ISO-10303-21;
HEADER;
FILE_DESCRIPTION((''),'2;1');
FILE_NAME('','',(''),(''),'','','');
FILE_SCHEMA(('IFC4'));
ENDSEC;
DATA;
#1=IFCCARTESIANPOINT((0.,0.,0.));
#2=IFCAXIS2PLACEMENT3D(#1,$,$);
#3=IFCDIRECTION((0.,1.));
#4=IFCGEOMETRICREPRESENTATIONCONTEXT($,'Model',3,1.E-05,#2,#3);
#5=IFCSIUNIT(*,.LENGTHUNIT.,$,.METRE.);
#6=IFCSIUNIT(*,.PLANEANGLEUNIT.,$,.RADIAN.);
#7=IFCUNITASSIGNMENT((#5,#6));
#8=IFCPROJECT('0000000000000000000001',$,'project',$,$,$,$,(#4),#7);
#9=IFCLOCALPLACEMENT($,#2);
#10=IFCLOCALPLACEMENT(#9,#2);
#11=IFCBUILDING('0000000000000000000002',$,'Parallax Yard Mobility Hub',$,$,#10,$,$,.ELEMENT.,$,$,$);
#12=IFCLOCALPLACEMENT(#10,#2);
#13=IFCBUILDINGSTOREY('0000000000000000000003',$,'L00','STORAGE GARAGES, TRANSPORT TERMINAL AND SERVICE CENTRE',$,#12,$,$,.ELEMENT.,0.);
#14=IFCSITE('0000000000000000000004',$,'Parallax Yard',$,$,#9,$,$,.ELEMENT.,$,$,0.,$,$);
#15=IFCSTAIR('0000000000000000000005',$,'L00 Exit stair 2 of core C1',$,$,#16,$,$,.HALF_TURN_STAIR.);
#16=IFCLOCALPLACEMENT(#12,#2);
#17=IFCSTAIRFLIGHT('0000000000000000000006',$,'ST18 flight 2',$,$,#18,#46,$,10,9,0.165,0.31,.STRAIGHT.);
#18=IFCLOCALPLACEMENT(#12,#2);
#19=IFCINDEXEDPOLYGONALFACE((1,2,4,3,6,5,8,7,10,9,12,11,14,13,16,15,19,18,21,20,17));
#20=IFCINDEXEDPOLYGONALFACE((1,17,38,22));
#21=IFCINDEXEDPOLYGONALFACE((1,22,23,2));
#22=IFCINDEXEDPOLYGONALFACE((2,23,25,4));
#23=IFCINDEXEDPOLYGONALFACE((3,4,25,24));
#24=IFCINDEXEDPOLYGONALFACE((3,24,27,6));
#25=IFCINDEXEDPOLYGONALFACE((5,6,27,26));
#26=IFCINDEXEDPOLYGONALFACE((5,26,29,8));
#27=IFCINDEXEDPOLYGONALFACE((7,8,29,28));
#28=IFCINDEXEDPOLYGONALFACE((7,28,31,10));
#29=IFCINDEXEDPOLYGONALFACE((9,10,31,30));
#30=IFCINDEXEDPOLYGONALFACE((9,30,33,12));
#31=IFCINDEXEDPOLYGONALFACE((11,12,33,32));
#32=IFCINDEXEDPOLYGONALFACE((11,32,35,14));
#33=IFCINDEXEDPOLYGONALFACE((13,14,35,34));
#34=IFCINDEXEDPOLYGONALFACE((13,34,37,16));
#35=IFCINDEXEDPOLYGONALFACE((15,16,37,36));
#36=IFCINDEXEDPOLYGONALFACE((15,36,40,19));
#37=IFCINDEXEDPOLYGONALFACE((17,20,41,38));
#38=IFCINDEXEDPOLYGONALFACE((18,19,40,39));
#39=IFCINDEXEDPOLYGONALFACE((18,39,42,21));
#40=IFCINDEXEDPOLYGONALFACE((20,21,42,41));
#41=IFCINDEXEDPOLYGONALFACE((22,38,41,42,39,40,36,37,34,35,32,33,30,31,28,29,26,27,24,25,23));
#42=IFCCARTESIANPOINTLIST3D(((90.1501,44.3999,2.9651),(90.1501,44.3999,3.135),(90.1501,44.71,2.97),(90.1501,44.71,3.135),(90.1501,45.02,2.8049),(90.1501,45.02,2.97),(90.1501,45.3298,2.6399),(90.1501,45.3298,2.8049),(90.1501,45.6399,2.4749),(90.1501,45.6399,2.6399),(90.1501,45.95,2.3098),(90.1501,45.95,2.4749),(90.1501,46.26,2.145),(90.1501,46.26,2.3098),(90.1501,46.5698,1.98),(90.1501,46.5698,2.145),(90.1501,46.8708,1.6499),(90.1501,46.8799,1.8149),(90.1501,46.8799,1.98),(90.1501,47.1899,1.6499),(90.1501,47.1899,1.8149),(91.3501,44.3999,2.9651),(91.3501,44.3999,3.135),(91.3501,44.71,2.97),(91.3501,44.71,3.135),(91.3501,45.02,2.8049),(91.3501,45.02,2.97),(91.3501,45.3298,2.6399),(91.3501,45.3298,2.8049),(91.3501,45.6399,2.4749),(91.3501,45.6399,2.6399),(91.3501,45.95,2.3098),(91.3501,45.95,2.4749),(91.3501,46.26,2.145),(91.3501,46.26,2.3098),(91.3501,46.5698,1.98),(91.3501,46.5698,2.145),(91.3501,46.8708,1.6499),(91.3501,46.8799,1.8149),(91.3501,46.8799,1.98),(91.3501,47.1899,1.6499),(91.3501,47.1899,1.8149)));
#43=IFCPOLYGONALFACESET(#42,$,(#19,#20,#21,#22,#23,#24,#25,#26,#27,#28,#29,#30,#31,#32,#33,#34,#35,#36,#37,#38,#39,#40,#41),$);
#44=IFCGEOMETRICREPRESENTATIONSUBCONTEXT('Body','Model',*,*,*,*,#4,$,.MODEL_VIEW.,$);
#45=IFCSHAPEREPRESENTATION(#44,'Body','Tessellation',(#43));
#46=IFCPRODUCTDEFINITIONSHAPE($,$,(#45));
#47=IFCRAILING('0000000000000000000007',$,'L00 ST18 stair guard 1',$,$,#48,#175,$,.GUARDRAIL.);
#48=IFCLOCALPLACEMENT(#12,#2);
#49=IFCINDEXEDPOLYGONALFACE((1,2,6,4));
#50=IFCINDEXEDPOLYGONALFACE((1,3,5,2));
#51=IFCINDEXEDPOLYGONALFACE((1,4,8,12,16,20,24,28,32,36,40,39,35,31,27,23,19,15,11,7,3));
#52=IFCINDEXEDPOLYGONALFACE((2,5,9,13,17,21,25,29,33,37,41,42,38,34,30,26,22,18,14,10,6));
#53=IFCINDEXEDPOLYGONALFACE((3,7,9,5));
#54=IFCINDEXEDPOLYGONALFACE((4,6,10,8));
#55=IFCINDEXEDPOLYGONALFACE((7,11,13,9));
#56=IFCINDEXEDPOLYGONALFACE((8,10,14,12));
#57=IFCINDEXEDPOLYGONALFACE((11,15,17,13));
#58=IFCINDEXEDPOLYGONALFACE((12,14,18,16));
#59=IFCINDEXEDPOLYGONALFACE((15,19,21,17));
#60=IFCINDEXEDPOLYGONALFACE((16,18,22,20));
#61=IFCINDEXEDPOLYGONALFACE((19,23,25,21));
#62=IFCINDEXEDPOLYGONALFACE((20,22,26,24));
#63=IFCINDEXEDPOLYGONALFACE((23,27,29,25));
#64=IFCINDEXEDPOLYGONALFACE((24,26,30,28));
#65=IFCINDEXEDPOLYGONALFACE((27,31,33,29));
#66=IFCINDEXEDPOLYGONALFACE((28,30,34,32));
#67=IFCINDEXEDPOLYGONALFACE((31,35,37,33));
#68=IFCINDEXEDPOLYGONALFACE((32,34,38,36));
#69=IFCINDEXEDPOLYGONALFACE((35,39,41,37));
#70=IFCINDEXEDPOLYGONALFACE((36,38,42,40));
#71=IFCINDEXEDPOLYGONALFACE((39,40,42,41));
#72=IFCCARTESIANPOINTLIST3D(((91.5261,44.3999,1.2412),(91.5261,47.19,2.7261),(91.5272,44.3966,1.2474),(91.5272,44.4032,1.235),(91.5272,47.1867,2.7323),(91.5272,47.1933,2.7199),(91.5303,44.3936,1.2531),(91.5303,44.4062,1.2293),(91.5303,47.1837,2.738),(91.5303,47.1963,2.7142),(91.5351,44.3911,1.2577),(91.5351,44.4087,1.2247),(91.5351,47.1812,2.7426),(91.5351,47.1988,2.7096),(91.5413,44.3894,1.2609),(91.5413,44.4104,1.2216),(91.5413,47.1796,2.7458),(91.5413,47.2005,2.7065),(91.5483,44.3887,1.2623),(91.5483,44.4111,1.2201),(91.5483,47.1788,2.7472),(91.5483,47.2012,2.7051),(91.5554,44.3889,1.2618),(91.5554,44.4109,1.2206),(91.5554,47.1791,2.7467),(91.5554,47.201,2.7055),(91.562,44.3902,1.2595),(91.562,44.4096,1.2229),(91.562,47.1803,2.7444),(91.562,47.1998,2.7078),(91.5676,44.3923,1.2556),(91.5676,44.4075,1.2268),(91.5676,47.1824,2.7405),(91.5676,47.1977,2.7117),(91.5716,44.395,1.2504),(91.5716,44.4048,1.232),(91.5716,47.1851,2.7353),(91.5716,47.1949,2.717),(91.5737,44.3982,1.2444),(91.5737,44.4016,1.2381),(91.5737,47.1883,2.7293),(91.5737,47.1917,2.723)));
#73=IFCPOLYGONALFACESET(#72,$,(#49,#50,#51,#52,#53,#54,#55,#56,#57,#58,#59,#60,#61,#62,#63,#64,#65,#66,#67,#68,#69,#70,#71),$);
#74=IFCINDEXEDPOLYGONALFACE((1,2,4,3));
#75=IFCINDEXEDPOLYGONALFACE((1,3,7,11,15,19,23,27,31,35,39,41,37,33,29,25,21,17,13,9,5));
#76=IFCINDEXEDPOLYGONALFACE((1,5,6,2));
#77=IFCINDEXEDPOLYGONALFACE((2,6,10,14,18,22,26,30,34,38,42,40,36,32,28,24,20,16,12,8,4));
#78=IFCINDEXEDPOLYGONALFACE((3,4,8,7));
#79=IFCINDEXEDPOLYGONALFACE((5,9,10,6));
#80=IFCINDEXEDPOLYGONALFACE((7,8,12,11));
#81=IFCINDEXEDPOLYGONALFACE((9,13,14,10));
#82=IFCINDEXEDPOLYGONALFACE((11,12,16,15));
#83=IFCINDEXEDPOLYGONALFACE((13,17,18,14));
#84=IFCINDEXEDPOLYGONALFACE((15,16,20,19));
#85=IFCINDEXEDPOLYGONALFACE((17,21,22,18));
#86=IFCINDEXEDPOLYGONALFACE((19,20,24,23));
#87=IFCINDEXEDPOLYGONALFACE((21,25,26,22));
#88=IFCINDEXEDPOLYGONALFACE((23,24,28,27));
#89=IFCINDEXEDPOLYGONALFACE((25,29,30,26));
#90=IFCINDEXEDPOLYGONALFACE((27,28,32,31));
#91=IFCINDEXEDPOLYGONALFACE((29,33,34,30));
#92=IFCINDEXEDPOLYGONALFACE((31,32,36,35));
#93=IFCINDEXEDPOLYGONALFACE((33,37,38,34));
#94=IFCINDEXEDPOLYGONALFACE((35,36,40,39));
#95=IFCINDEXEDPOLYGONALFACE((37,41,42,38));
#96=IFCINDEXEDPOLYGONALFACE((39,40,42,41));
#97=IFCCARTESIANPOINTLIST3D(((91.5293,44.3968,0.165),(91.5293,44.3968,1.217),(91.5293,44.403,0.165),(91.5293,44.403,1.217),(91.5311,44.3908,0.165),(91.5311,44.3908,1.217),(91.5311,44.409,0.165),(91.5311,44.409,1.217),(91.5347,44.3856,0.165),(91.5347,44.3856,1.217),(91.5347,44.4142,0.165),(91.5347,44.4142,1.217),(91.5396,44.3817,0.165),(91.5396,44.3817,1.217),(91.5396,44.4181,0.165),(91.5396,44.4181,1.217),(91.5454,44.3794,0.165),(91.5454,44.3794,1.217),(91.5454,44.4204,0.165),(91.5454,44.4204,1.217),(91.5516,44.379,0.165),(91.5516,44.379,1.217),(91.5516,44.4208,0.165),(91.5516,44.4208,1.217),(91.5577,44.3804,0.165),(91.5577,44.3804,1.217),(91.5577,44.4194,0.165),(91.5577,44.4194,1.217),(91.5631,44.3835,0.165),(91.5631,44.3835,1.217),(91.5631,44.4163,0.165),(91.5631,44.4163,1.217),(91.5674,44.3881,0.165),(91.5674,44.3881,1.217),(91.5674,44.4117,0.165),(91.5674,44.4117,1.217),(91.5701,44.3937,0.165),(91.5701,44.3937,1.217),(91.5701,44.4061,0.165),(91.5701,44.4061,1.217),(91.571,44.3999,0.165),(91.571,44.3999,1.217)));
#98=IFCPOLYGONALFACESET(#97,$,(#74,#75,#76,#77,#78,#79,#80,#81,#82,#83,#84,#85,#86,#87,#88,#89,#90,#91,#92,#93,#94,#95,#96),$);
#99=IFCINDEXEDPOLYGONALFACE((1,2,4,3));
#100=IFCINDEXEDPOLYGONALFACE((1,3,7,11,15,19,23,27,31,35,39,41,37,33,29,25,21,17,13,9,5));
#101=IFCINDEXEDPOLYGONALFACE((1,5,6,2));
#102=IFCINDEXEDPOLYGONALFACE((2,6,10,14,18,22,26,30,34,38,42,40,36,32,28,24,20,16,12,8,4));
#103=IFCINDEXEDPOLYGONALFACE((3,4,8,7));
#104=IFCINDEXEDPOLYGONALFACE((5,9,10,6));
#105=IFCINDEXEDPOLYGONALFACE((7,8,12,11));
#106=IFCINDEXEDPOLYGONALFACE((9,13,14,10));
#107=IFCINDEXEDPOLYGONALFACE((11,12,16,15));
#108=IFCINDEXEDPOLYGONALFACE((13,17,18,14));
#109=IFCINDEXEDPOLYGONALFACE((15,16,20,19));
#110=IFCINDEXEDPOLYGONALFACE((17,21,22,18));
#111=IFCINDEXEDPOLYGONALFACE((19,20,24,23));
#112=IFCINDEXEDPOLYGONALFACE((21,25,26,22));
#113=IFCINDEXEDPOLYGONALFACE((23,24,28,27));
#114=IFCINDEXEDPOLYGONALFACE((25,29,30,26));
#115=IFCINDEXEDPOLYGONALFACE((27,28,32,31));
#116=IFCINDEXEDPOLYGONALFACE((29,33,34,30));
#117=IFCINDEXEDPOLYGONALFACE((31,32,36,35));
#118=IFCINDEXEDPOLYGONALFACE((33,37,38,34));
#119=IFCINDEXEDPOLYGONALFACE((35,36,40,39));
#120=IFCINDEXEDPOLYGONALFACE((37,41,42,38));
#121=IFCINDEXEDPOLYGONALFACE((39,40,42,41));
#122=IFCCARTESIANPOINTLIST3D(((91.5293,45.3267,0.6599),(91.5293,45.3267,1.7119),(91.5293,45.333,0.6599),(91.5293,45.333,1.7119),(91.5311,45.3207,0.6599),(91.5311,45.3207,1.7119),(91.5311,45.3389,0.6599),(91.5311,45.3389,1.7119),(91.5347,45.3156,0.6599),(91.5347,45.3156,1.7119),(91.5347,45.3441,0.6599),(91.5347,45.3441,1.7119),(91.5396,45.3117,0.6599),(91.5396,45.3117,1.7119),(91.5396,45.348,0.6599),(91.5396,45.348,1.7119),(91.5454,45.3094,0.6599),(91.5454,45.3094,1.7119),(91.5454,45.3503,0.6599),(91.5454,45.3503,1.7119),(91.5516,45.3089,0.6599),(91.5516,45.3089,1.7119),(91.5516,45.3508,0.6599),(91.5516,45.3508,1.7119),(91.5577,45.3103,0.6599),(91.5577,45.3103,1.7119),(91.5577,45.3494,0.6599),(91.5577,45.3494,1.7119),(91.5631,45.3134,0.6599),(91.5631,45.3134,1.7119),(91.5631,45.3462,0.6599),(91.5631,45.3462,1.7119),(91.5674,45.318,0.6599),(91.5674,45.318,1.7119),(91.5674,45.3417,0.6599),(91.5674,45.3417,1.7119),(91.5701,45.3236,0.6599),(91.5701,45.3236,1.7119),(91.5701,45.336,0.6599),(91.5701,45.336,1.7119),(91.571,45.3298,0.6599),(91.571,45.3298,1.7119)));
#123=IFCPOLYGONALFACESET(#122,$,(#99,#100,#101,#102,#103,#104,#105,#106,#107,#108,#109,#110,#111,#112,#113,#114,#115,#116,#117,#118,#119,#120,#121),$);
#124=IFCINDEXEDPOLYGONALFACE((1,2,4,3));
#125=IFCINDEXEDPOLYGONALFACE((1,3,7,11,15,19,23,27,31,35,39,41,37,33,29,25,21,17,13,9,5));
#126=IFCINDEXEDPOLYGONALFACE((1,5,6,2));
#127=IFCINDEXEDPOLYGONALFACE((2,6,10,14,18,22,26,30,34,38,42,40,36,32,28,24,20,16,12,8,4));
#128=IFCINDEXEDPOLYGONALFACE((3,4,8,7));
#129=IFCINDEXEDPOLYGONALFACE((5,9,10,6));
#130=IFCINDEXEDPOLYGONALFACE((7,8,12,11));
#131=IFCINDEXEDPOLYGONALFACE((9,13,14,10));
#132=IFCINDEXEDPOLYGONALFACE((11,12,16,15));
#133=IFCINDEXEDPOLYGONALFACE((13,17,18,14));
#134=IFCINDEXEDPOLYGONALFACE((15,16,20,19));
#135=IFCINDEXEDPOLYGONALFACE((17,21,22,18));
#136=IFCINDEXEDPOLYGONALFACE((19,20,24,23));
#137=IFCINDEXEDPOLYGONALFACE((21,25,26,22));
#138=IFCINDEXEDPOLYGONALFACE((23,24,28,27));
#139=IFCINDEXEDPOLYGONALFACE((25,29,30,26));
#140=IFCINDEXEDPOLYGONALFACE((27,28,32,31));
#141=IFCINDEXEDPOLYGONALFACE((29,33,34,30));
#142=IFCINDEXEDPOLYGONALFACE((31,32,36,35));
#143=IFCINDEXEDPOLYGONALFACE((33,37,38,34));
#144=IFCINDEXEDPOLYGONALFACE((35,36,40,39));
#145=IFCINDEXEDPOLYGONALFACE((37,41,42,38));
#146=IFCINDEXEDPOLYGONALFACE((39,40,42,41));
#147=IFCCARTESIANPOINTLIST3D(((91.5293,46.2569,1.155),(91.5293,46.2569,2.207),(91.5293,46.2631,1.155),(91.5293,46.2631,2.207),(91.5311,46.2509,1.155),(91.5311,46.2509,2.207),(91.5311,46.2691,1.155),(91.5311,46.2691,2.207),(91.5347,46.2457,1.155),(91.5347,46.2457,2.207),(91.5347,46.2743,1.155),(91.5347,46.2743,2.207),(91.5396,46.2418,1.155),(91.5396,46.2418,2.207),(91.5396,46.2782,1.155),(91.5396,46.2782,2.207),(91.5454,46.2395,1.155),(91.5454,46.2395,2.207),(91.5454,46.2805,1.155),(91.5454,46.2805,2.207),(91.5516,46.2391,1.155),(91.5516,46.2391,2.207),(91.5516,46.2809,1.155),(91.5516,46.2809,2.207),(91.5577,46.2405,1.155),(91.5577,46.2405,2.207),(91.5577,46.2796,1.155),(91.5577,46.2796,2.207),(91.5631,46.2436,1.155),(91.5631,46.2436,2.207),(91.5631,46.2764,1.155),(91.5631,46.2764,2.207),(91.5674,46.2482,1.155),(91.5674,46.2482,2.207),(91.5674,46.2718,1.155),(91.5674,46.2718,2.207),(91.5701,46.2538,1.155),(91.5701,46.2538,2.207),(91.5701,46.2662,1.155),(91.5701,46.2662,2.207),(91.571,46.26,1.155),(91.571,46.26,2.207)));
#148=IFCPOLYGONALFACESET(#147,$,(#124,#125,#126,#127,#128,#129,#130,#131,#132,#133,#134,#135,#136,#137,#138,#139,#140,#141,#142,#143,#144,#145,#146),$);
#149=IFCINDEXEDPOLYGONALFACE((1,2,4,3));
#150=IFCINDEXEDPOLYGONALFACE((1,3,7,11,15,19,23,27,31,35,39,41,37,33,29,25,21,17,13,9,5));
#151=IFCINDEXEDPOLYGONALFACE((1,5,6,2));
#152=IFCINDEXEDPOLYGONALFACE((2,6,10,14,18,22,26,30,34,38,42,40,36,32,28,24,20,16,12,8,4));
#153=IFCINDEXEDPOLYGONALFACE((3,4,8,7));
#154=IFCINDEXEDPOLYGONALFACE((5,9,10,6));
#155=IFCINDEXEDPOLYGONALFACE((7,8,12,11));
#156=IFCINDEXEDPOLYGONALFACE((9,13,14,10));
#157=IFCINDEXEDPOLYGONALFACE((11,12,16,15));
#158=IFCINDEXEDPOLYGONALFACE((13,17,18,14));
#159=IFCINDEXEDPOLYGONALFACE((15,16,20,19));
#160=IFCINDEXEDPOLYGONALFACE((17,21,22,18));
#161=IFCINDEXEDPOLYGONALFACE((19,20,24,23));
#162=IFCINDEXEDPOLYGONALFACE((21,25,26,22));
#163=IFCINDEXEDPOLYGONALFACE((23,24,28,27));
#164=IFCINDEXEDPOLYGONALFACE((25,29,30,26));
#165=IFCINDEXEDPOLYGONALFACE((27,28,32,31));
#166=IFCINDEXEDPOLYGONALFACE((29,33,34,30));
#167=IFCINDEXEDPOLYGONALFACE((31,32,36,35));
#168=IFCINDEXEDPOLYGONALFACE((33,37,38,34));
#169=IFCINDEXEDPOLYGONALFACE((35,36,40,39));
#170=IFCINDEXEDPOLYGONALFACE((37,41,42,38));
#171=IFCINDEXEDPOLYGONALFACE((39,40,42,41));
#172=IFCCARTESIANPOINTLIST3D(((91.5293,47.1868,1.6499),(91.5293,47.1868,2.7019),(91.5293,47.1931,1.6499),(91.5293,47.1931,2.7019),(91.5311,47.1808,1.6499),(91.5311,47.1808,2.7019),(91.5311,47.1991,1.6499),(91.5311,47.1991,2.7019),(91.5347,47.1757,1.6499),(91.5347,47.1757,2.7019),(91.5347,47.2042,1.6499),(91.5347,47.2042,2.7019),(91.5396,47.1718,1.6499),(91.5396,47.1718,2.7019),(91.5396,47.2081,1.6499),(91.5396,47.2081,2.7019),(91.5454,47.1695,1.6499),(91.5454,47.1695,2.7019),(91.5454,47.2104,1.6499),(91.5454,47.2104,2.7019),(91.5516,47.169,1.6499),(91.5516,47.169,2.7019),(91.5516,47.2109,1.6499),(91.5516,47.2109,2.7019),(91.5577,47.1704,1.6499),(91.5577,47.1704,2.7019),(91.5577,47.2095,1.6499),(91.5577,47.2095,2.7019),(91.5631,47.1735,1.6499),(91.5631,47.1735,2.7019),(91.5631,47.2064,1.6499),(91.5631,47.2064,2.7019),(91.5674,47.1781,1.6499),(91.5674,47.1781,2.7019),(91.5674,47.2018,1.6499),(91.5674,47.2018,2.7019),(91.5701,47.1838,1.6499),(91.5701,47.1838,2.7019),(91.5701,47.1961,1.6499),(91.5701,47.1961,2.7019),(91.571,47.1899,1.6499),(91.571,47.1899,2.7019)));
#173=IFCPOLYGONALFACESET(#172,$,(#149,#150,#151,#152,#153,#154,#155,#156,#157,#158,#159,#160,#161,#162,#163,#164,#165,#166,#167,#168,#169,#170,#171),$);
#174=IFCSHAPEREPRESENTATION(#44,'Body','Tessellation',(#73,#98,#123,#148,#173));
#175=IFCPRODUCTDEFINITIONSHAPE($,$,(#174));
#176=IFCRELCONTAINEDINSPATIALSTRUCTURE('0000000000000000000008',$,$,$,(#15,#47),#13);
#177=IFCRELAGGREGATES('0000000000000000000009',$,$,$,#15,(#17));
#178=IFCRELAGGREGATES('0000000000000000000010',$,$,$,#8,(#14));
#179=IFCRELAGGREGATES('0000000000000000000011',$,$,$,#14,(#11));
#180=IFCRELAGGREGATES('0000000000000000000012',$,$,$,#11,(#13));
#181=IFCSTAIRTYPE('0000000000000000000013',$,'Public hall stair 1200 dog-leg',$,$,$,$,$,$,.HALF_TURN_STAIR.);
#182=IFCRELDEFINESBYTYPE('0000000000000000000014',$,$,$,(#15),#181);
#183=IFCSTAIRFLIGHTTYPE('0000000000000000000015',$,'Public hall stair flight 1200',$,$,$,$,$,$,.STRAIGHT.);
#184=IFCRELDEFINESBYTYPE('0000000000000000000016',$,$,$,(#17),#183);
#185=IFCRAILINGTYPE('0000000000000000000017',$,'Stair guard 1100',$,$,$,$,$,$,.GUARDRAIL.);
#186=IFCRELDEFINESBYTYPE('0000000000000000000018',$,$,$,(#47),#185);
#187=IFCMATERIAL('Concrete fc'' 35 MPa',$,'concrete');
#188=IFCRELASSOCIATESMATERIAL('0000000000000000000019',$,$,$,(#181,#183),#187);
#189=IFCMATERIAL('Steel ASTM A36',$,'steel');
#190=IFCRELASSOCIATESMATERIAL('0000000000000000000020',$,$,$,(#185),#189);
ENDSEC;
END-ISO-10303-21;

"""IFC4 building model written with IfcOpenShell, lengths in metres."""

from ifc_helpers import new_model, si_unit, direction, frame, origin, origin_2d, place, context, subcontext, project, spatial, polyline, circle, outline, extrude, material, type_object, element, aggregate, save


model = new_model("IFC4")

# Units and contexts
model_context = context("Model", 3, precision=1e-05, world=origin(), true_north=direction((0.0, 1.0)))
body_context = subcontext(model_context, "Body", "Model", "MODEL_VIEW")
ifc_project = project(units=[si_unit("LENGTHUNIT", "METRE"), si_unit("PLANEANGLEUNIT", "RADIAN")], contexts=[model_context])

# Site, building, storey
site_placement = place(None, origin())
site = spatial("IfcSite", under=ifc_project, at=site_placement, Name="Parallax Yard", CompositionType="ELEMENT", RefElevation=0.0)
building_placement = place(site_placement, origin())
building = spatial("IfcBuilding", under=site, at=building_placement, Name="Parallax Yard Mobility Hub", CompositionType="ELEMENT")
storey_placement = place(building_placement, origin())
storey = spatial("IfcBuildingStorey", under=building, at=storey_placement, Name="L00", Description="STORAGE GARAGES, TRANSPORT TERMINAL AND SERVICE CENTRE", CompositionType="ELEMENT", Elevation=0.0)

# Shared definitions
ifc_material_1 = material(Name="Concrete fc' 35 MPa", Category="concrete")

# Stair, stair flight
stair_type = type_object("IfcStairType", Name="Public hall stair 1200 dog-leg", PredefinedType="HALF_TURN_STAIR", material=ifc_material_1)
stair_placement = place(storey_placement, origin())
stair = element("IfcStair", 1, at=stair_placement, inside=storey, type_object=stair_type, Name="L00 Exit stair 2 of core C1", PredefinedType="HALF_TURN_STAIR")
stair_flight_type = type_object("IfcStairFlightType", Name="Public hall stair flight 1200", PredefinedType="STRAIGHT", material=ifc_material_1)
stair_flight_1_placement = place(storey_placement, frame((90.75, 47.1899, 1.6499), z_axis=(0.0, 0.0, 1.0), x_axis=(0.0, -1.0, 0.0)))
stair_flight_1 = element("IfcStairFlight", 2, at=stair_flight_1_placement, type_object=stair_flight_type, Name="ST18 flight 2", NumberOfRisers=10, NumberOfTreads=9, PredefinedType="STRAIGHT", RiserHeight=0.165, TreadLength=0.31, context=body_context, shape_type="SweptSolid", body=[
    extrude(outline(polyline([(0.0, 0.0), (0.0, 0.165), (0.3101, 0.165), (0.3101, 0.3301), (0.6201, 0.3301), (0.6201, 0.4951), (0.9299, 0.4951), (0.9299, 0.6599), (1.24, 0.6599), (1.24, 0.825), (1.55, 0.825), (1.55, 0.99), (1.8601, 0.99), (1.8601, 1.155), (2.1699, 1.155), (2.1699, 1.3201), (2.48, 1.3201), (2.48, 1.4851), (2.79, 1.4851), (2.79, 1.6499), (2.79, 1.3152), (0.3191, 0.0), (0.0, 0.0)])), frame((0.0, 0.6001, 0.0), z_axis=(0.0, -1.0, 0.0), x_axis=(1.0, 0.0, 0.0)), (0.0, 0.0, 1.0), 1.2),
])
aggregate(stair, [stair_flight_1])

# Railing
ifc_material_2 = material(Name="Steel ASTM A36", Category="steel")
railing_type_1 = type_object("IfcRailingType", Name="Stair guard 1100", PredefinedType="GUARDRAIL", material=ifc_material_2)
railing_1_placement = place(storey_placement, frame((91.55, 44.3999, 0.165)))
element("IfcRailing", 3, at=railing_1_placement, inside=storey, type_object=railing_type_1, Name="L00 ST18 stair guard 1", PredefinedType="GUARDRAIL", context=body_context, shape_type="SweptSolid", body=[
    extrude(circle(Radius=0.0239, at=origin_2d()), frame((0.0, 0.0, 1.0762), z_axis=(0.0, 0.882767, 0.46981), x_axis=(-1.0, 0.0, 0.0)), (0.0, 0.0, 1.0), 3.1606),
    extrude(circle(Radius=0.021, at=origin_2d()), origin(), (0.0, 0.0, 1.0), 1.052),
    extrude(circle(Radius=0.021, at=origin_2d()), frame((0.0, 0.9299, 0.4949)), (0.0, 0.0, 1.0), 1.052),
    extrude(circle(Radius=0.021, at=origin_2d()), frame((0.0, 1.8601, 0.99)), (0.0, 0.0, 1.0), 1.052),
    extrude(circle(Radius=0.021, at=origin_2d()), frame((0.0, 2.79, 1.4849)), (0.0, 0.0, 1.0), 1.052),
])

save(model, "model.ifc")
